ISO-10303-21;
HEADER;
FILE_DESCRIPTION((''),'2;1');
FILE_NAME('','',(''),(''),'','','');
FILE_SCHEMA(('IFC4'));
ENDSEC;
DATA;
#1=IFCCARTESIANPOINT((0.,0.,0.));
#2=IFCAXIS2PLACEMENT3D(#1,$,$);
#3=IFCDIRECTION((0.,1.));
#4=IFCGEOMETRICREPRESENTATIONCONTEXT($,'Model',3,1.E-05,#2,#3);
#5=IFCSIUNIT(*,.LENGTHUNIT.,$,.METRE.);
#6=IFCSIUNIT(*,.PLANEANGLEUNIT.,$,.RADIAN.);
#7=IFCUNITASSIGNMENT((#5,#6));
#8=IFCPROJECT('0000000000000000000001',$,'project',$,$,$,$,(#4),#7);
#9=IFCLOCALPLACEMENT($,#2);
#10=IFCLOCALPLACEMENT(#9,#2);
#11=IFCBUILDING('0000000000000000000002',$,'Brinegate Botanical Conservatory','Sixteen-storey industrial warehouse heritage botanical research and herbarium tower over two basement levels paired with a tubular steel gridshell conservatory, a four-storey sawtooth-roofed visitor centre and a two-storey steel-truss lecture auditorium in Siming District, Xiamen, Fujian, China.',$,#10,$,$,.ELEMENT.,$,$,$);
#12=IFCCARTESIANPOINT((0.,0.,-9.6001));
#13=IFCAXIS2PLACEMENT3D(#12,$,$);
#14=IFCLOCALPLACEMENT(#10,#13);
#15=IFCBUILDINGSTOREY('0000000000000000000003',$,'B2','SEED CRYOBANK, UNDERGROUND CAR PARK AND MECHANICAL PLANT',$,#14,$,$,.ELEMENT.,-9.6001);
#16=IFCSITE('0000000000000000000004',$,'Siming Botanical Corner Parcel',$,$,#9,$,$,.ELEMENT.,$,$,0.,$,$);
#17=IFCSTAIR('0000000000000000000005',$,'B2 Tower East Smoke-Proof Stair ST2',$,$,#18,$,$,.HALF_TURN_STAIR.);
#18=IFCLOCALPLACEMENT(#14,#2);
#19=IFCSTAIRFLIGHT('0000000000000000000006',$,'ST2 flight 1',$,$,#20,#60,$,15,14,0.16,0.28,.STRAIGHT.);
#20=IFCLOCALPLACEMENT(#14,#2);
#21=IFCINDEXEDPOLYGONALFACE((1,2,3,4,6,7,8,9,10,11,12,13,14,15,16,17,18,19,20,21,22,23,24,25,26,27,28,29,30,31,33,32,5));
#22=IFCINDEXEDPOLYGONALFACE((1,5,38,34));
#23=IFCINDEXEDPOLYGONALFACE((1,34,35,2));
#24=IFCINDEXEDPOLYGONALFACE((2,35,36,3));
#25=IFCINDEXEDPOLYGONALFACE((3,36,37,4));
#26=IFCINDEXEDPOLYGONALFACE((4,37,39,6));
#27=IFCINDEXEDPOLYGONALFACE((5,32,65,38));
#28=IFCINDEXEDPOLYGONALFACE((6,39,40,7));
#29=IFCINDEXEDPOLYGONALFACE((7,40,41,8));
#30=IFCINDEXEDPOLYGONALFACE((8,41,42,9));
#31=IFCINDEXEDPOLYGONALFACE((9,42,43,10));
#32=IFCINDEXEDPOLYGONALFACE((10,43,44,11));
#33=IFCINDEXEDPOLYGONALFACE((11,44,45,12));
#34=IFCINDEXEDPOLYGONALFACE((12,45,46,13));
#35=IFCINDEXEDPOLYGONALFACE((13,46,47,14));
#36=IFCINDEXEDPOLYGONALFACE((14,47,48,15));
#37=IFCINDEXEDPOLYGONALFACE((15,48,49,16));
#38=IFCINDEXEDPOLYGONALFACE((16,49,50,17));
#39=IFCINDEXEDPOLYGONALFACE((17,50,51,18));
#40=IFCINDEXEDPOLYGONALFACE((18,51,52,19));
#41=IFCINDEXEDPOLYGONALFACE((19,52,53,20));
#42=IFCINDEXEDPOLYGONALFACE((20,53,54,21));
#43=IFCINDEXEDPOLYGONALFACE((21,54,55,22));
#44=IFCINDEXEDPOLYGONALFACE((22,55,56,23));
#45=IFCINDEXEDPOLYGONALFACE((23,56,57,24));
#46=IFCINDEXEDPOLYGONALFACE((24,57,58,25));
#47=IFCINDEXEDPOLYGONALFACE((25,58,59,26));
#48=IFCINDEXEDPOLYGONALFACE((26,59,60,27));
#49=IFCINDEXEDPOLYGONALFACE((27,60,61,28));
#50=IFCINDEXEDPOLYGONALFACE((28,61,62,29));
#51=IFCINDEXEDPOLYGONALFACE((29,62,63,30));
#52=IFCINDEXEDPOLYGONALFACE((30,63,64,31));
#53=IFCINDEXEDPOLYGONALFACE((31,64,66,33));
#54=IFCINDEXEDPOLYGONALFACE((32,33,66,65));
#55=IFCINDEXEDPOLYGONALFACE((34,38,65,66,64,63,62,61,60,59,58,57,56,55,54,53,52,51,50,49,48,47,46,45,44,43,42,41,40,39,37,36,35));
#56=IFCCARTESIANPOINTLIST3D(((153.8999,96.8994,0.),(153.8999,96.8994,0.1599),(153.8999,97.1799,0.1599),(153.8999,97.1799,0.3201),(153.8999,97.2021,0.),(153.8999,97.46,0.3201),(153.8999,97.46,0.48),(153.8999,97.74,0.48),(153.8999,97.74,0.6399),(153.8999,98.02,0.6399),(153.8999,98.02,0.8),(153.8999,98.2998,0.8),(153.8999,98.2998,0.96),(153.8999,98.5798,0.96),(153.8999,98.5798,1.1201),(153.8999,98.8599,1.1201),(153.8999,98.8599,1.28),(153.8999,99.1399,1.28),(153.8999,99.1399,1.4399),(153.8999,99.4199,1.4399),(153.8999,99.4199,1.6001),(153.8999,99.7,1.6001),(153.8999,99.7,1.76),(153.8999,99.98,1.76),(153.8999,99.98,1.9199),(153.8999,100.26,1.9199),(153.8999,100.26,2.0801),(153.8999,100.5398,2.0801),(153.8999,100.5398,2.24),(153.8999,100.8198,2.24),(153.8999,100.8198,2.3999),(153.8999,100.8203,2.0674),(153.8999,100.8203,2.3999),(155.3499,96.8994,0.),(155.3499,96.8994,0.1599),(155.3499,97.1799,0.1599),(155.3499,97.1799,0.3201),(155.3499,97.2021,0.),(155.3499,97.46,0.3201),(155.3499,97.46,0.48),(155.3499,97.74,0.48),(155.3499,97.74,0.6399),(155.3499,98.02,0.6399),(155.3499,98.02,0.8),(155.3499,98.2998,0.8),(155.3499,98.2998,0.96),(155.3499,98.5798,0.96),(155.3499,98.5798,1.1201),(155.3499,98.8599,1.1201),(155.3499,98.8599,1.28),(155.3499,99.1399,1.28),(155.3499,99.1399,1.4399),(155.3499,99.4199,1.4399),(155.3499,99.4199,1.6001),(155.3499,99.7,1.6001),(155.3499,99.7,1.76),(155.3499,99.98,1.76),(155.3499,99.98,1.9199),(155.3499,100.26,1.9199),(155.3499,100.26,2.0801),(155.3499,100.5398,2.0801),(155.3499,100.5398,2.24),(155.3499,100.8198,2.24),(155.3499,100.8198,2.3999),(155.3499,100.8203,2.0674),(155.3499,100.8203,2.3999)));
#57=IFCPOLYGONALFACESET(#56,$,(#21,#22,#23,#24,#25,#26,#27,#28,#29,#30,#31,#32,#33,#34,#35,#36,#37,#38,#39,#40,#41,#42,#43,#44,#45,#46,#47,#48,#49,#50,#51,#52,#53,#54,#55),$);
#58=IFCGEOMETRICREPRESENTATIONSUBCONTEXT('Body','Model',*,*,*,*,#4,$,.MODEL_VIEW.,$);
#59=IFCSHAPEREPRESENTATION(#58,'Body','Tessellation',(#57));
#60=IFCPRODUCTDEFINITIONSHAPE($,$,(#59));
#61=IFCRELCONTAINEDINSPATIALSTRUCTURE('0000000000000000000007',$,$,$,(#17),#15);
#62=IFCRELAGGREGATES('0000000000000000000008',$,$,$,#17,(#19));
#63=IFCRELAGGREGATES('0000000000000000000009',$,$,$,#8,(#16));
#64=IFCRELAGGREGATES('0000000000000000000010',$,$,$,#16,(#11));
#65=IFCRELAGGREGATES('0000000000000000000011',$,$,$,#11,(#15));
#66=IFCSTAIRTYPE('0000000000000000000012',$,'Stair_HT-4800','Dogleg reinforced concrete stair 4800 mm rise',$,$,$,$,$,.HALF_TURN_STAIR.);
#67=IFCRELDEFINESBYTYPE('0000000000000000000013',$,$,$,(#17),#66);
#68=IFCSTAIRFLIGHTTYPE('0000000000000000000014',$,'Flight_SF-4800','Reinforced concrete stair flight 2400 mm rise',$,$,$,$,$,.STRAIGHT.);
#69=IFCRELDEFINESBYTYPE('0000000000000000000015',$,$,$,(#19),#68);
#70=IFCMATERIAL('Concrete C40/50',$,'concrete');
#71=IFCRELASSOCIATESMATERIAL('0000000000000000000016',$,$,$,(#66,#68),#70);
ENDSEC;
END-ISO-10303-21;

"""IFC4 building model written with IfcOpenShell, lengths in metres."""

from ifc_helpers import new_model, si_unit, direction, frame, origin, place, context, subcontext, project, spatial, polyline, outline, extrude, material, type_object, element, aggregate, save


model = new_model("IFC4")

# Units and contexts
model_context = context("Model", 3, precision=1e-05, world=origin(), true_north=direction((0.0, 1.0)))
body_context = subcontext(model_context, "Body", "Model", "MODEL_VIEW")
ifc_project = project(units=[si_unit("LENGTHUNIT", "METRE"), si_unit("PLANEANGLEUNIT", "RADIAN")], contexts=[model_context])

# Site, building, storey
site_placement = place(None, origin())
site = spatial("IfcSite", under=ifc_project, at=site_placement, Name="Siming Botanical Corner Parcel", CompositionType="ELEMENT", RefElevation=0.0)
building_placement = place(site_placement, origin())
building = spatial("IfcBuilding", under=site, at=building_placement, Name="Brinegate Botanical Conservatory", Description="Sixteen-storey industrial warehouse heritage botanical research and herbarium tower over two basement levels paired with a tubular steel gridshell conservatory, a four-storey sawtooth-roofed visitor centre and a two-storey steel-truss lecture auditorium in Siming District, Xiamen, Fujian, China.", CompositionType="ELEMENT")
storey_placement = place(building_placement, frame((0.0, 0.0, -9.6001)))
storey = spatial("IfcBuildingStorey", under=building, at=storey_placement, Name="B2", Description="SEED CRYOBANK, UNDERGROUND CAR PARK AND MECHANICAL PLANT", CompositionType="ELEMENT", Elevation=-9.6001)

# Shared definitions
ifc_material_1 = material(Name="Concrete C40/50", Category="concrete")

# Stair, stair flight
stair_type = type_object("IfcStairType", Name="Stair_HT-4800", Description="Dogleg reinforced concrete stair 4800 mm rise", PredefinedType="HALF_TURN_STAIR", material=ifc_material_1)
stair_placement = place(storey_placement, origin())
stair = element("IfcStair", 1, at=stair_placement, inside=storey, type_object=stair_type, Name="B2 Tower East Smoke-Proof Stair ST2", PredefinedType="HALF_TURN_STAIR")
stair_flight_type = type_object("IfcStairFlightType", Name="Flight_SF-4800", Description="Reinforced concrete stair flight 2400 mm rise", PredefinedType="STRAIGHT", material=ifc_material_1)
stair_flight_placement = place(storey_placement, frame((154.625, 96.8999, 0.0), z_axis=(0.0, 0.0, 1.0), x_axis=(0.0, 1.0, 0.0)))
stair_flight = element("IfcStairFlight", 2, at=stair_flight_placement, type_object=stair_flight_type, Name="ST2 flight 1", NumberOfRisers=15, NumberOfTreads=14, PredefinedType="STRAIGHT", RiserHeight=0.16, TreadLength=0.28, context=body_context, shape_type="SweptSolid", body=[
    extrude(outline(polyline([(-0.0005, 0.0), (-0.0005, 0.1599), (0.28, 0.1599), (0.28, 0.3201), (0.5601, 0.3201), (0.5601, 0.48), (0.8401, 0.48), (0.8401, 0.6399), (1.1201, 0.6399), (1.1201, 0.8), (1.3999, 0.8), (1.3999, 0.96), (1.6799, 0.96), (1.6799, 1.1201), (1.96, 1.1201), (1.96, 1.28), (2.24, 1.28), (2.24, 1.4399), (2.52, 1.4399), (2.52, 1.6001), (2.8, 1.6001), (2.8, 1.76), (3.0801, 1.76), (3.0801, 1.9199), (3.3601, 1.9199), (3.3601, 2.0801), (3.6399, 2.0801), (3.6399, 2.24), (3.9199, 2.24), (3.9199, 2.3999), (3.9204, 2.3999), (3.9204, 2.0674), (0.3022, 0.0), (-0.0005, 0.0)])), frame((0.0, 0.7251, 0.0), z_axis=(0.0, -1.0, 0.0), x_axis=(1.0, 0.0, 0.0)), (0.0, 0.0, 1.0), 1.45),
])
aggregate(stair, [stair_flight])

save(model, "model.ifc")
